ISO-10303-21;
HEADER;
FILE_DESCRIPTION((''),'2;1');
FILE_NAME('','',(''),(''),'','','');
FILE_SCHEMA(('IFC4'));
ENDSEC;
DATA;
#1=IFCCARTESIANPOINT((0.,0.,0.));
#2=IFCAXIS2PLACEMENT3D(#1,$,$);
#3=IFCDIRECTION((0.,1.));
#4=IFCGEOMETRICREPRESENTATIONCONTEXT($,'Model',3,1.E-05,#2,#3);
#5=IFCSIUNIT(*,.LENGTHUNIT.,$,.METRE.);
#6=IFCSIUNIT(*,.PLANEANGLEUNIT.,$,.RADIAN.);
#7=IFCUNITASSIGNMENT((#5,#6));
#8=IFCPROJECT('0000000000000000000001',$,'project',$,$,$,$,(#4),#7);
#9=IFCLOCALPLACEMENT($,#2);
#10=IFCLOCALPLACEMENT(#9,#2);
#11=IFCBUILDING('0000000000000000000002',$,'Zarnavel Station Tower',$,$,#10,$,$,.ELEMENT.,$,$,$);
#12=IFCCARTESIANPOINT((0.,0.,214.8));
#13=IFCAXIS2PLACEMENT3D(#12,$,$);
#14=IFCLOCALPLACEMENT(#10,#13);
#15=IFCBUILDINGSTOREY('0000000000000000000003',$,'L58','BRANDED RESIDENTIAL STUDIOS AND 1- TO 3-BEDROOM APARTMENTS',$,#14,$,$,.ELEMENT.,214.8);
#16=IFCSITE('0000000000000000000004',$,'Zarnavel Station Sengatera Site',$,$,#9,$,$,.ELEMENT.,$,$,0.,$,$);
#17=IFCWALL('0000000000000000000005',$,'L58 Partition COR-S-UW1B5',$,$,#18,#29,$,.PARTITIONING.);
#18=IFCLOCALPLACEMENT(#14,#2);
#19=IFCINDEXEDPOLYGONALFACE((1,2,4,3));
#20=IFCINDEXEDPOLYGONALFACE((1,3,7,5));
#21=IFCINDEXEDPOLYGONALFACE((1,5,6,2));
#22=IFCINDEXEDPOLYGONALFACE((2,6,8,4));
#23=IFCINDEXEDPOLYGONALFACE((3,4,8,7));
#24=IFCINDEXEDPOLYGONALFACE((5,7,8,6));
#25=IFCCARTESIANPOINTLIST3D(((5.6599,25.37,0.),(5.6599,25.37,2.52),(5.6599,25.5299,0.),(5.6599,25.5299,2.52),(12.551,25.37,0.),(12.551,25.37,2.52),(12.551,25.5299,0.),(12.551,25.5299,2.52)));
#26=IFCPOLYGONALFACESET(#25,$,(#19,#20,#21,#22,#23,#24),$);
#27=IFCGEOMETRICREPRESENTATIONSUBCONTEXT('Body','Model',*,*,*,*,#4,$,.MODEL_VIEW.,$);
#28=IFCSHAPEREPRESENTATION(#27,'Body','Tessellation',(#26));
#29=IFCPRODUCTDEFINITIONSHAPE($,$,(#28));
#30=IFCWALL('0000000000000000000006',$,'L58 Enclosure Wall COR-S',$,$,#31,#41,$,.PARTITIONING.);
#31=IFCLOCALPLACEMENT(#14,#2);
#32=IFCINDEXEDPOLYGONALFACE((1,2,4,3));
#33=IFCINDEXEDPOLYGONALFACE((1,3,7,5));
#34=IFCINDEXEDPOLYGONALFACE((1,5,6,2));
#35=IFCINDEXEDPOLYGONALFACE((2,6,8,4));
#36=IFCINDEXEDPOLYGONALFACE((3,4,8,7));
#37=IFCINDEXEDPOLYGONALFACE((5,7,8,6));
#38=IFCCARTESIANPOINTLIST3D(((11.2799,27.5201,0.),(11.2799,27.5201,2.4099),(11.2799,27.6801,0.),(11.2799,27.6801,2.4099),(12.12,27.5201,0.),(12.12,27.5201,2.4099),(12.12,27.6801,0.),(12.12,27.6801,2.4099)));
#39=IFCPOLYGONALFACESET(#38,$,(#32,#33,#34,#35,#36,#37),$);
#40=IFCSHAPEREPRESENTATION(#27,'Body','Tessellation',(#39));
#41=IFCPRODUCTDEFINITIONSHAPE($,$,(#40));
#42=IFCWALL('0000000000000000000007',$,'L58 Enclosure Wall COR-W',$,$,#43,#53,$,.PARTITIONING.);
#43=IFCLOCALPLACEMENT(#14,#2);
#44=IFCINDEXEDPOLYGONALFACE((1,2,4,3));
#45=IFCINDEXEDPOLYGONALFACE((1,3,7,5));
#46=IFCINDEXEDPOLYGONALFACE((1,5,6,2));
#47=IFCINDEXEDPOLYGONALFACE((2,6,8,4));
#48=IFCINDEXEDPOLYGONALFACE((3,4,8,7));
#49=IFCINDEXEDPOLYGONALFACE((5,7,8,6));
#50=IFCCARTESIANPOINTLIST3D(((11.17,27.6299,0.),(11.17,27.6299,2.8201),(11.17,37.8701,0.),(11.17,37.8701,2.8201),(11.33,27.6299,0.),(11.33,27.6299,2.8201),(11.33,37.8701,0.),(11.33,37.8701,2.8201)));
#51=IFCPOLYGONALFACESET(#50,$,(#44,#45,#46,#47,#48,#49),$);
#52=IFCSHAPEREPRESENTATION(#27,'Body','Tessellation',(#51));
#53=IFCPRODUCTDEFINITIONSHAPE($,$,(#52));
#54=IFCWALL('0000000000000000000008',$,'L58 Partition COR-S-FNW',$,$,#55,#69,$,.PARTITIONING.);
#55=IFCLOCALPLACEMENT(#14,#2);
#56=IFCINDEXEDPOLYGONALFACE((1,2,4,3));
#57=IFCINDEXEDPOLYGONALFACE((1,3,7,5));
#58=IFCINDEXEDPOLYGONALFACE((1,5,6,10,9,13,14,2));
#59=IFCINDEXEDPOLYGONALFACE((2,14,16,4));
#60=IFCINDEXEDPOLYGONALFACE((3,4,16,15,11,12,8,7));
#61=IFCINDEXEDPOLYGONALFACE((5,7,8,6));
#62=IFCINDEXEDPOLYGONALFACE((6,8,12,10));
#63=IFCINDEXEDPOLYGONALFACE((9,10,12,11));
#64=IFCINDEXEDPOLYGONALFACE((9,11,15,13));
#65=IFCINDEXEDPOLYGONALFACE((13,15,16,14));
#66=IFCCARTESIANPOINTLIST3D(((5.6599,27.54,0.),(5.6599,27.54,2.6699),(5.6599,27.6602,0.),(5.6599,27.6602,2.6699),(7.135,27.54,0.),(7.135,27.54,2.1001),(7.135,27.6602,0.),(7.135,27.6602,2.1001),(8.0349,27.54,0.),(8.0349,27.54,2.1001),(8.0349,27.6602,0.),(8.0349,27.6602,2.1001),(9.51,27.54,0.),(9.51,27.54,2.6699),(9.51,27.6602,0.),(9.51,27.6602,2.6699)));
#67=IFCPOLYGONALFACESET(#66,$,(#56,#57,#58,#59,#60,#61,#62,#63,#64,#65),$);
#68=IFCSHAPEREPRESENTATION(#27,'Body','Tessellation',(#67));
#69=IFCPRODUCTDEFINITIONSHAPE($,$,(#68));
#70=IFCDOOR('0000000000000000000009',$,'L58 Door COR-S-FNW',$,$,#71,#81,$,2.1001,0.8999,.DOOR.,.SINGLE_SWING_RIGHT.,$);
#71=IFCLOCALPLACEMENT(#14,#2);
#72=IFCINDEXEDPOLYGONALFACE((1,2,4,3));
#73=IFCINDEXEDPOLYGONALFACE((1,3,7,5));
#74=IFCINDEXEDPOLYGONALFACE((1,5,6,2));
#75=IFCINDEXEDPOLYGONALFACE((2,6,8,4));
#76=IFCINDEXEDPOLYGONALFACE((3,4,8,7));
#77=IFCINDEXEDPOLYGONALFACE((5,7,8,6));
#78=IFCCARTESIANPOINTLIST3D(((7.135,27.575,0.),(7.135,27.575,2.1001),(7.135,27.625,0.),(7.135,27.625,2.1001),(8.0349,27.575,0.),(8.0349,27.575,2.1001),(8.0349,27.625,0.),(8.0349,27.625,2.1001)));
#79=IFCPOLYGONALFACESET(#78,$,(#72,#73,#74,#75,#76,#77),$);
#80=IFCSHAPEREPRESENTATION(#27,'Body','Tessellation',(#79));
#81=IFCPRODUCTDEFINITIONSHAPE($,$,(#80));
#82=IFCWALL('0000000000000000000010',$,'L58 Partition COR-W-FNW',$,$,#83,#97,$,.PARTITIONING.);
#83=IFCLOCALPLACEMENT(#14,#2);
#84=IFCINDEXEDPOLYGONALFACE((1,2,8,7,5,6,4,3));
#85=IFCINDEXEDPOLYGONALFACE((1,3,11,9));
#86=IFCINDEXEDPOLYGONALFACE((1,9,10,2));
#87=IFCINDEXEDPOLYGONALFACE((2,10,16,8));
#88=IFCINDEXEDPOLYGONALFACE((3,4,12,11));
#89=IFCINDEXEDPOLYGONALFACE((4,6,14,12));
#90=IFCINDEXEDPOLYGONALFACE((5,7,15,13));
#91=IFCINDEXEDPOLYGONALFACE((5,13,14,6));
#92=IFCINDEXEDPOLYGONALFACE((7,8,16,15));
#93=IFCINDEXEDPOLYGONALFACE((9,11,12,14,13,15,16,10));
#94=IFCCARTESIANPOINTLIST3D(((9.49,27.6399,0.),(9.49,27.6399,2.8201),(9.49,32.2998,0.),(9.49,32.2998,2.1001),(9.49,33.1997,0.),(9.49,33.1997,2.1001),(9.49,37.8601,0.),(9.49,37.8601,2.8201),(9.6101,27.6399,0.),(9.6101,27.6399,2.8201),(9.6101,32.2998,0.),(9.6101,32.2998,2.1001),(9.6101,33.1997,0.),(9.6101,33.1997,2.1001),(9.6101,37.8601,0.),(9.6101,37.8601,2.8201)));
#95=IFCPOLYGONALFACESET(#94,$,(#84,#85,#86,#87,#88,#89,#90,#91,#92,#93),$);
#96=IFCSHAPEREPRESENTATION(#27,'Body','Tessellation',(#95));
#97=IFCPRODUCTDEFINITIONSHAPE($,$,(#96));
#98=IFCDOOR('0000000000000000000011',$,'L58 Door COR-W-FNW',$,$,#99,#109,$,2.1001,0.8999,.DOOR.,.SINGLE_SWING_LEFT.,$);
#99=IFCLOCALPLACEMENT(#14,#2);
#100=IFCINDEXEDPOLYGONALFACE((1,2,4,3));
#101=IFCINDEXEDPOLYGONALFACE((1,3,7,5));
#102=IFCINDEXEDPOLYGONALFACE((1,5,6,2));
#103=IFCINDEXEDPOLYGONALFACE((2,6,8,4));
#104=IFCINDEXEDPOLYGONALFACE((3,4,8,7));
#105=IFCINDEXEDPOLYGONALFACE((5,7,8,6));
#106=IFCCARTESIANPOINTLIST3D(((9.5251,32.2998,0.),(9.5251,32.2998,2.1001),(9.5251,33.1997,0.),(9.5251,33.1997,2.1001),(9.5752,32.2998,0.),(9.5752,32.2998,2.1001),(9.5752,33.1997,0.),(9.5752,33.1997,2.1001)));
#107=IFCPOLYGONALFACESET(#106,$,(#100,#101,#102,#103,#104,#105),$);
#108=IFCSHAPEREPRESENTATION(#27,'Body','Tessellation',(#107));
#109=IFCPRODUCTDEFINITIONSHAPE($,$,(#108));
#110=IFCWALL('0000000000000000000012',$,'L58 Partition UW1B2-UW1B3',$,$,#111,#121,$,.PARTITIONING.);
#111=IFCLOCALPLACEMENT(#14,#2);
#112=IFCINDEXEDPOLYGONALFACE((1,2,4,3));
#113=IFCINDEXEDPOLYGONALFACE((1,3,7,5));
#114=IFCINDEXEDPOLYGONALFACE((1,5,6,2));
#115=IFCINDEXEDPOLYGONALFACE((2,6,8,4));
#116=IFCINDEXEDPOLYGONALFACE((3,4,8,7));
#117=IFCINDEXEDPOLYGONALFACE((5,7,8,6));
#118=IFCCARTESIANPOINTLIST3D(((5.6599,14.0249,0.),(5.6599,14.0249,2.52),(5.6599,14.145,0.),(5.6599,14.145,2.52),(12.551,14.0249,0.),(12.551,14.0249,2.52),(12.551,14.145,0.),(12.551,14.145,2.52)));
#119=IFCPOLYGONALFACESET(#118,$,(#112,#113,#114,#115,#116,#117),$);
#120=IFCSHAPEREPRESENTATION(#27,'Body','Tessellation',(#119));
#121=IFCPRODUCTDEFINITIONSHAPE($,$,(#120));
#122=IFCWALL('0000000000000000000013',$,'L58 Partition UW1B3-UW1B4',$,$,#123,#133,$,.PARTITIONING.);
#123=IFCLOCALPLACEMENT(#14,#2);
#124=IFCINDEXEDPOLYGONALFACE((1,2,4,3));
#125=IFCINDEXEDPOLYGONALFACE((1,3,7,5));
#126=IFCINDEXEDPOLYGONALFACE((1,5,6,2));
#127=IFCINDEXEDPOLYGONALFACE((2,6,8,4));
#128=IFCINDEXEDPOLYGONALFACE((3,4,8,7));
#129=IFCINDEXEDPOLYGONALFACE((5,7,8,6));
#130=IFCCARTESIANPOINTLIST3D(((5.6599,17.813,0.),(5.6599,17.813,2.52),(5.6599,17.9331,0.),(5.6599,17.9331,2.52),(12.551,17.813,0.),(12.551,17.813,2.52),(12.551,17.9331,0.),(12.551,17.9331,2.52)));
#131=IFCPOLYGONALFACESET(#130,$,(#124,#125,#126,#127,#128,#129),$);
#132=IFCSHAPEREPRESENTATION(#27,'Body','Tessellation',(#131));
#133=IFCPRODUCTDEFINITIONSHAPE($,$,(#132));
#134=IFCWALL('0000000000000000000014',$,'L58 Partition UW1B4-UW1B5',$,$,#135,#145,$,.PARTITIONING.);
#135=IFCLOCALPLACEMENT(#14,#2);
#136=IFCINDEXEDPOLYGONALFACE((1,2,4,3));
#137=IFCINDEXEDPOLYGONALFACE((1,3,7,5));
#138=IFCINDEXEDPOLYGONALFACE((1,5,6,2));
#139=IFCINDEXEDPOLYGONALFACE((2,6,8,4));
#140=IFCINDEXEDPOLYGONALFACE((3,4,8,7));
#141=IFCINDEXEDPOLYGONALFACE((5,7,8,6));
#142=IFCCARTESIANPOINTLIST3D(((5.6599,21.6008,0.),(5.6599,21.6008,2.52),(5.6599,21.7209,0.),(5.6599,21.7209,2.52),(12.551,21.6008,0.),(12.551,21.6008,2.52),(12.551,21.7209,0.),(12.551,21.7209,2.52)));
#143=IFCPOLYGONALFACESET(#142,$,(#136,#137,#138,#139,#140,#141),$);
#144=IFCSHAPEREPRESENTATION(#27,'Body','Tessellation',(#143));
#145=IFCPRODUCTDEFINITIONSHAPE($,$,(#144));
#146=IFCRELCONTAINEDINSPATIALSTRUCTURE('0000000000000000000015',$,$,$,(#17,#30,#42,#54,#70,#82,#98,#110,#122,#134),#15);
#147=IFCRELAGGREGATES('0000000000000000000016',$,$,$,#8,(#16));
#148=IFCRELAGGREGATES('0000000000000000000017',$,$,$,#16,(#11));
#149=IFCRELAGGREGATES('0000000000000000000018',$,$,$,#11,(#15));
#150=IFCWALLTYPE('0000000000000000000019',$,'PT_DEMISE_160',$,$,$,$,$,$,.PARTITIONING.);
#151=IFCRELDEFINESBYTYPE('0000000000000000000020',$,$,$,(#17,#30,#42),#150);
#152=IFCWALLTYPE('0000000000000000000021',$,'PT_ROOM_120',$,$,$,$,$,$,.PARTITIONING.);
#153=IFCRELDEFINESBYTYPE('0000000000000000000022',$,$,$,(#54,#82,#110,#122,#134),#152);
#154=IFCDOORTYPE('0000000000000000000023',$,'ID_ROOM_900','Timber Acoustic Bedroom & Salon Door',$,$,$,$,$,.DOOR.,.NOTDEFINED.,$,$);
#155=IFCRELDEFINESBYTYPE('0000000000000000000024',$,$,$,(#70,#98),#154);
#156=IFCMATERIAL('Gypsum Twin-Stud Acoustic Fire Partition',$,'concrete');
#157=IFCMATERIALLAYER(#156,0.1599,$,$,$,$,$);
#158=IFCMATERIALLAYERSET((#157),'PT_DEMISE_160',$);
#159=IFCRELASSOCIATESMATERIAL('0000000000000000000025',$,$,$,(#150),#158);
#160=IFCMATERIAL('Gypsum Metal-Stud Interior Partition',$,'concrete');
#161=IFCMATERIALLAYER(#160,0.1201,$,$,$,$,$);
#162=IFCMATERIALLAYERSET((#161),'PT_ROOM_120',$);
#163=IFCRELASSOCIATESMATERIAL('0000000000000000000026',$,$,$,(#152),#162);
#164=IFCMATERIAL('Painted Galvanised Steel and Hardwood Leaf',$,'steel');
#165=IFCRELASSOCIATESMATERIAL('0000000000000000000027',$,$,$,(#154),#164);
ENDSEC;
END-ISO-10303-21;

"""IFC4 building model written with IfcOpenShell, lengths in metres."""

from ifc_helpers import new_model, si_unit, direction, frame, frame_2d, origin, place, context, subcontext, project, spatial, rectangle, extrude, material, layer, layer_set, type_object, element, fill, save


model = new_model("IFC4")

# Units and contexts
model_context = context("Model", 3, precision=1e-05, world=origin(), true_north=direction((0.0, 1.0)))
body_context = subcontext(model_context, "Body", "Model", "MODEL_VIEW")
ifc_project = project(units=[si_unit("LENGTHUNIT", "METRE"), si_unit("PLANEANGLEUNIT", "RADIAN")], contexts=[model_context])

# Site, building, storey
site_placement = place(None, origin())
site = spatial("IfcSite", under=ifc_project, at=site_placement, Name="Zarnavel Station Sengatera Site", CompositionType="ELEMENT", RefElevation=0.0)
building_placement = place(site_placement, origin())
building = spatial("IfcBuilding", under=site, at=building_placement, Name="Zarnavel Station Tower", CompositionType="ELEMENT")
storey_placement = place(building_placement, frame((0.0, 0.0, 214.8)))
storey = spatial("IfcBuildingStorey", under=building, at=storey_placement, Name="L58", Description="BRANDED RESIDENTIAL STUDIOS AND 1- TO 3-BEDROOM APARTMENTS", CompositionType="ELEMENT", Elevation=214.8)

# Walls
ifc_material_1 = material(Name="Gypsum Twin-Stud Acoustic Fire Partition", Category="concrete")
ifc_layer_1 = layer(ifc_material_1, 0.1599)
ifc_layer_set_1 = layer_set([ifc_layer_1], Name="PT_DEMISE_160")
wall_type_1 = type_object("IfcWallType", Name="PT_DEMISE_160", PredefinedType="PARTITIONING", material=ifc_layer_set_1)
wall_1_placement = place(storey_placement, frame((5.6599, 25.45, 0.0), z_axis=(0.0, 0.0, 1.0), x_axis=(1.0, 0.0, 0.0)))
element("IfcWall", 1, at=wall_1_placement, inside=storey, type_object=wall_type_1, Name="L58 Partition COR-S-UW1B5", PredefinedType="PARTITIONING", context=body_context, shape_type="SweptSolid", body=[
    extrude(rectangle(XDim=6.8911, YDim=0.1599, at=frame_2d((3.4456, 0.0))), origin(), (0.0, 0.0, 1.0), 2.52),
])
wall_2_placement = place(storey_placement, frame((11.28, 27.6001, 0.0), z_axis=(0.0, 0.0, 1.0), x_axis=(1.0, 0.0, 0.0)))
element("IfcWall", 2, at=wall_2_placement, inside=storey, type_object=wall_type_1, Name="L58 Enclosure Wall COR-S", PredefinedType="PARTITIONING", context=body_context, shape_type="SweptSolid", body=[
    extrude(rectangle(XDim=0.8401, YDim=0.1599, at=frame_2d((0.4199, 0.0))), origin(), (0.0, 0.0, 1.0), 2.4099),
])
wall_3_placement = place(storey_placement, frame((11.25, 27.6299, 0.0), z_axis=(0.0, 0.0, 1.0), x_axis=(0.0, 1.0, 0.0)))
element("IfcWall", 3, at=wall_3_placement, inside=storey, type_object=wall_type_1, Name="L58 Enclosure Wall COR-W", PredefinedType="PARTITIONING", context=body_context, shape_type="SweptSolid", body=[
    extrude(rectangle(XDim=10.2402, YDim=0.1599, at=frame_2d((5.1201, 0.0))), origin(), (0.0, 0.0, 1.0), 2.8201),
])

# Walls, openings, doors
ifc_material_2 = material(Name="Gypsum Metal-Stud Interior Partition", Category="concrete")
ifc_layer_2 = layer(ifc_material_2, 0.1201)
ifc_layer_set_2 = layer_set([ifc_layer_2], Name="PT_ROOM_120")
wall_type_2 = type_object("IfcWallType", Name="PT_ROOM_120", PredefinedType="PARTITIONING", material=ifc_layer_set_2)
wall_4_placement = place(storey_placement, frame((5.6599, 27.6001, 0.0), z_axis=(0.0, 0.0, 1.0), x_axis=(1.0, 0.0, 0.0)))
wall_4 = element("IfcWall", 4, at=wall_4_placement, inside=storey, type_object=wall_type_2, Name="L58 Partition COR-S-FNW", PredefinedType="PARTITIONING", context=body_context, shape_type="SweptSolid", body=[
    extrude(rectangle(XDim=3.8501, YDim=0.1201, at=frame_2d((1.925, 0.0))), origin(), (0.0, 0.0, 1.0), 2.6699),
])
opening_1_placement = place(wall_4_placement, frame((1.4751, 0.0, 0.0)))
opening_1 = element("IfcOpeningElement", 5, at=opening_1_placement, cuts=wall_4, PredefinedType="OPENING", context=body_context, shape_type="SweptSolid", body=[
    extrude(rectangle(XDim=0.8999, YDim=2.1001, at=frame_2d((0.45, 1.05))), frame((0.0, 0.0701, 0.0), z_axis=(0.0, -1.0, 0.0), x_axis=(1.0, 0.0, 0.0)), (0.0, 0.0, 1.0), 0.1401),
])
ifc_material_3 = material(Name="Painted Galvanised Steel and Hardwood Leaf", Category="steel")
door_type = type_object("IfcDoorType", Name="ID_ROOM_900", Description="Timber Acoustic Bedroom & Salon Door", OperationType="NOTDEFINED", PredefinedType="DOOR", material=ifc_material_3)
door_1_placement = place(opening_1_placement, origin())
door_1 = element("IfcDoor", 6, at=door_1_placement, inside=storey, type_object=door_type, Name="L58 Door COR-S-FNW", OperationType="SINGLE_SWING_RIGHT", OverallHeight=2.1001, OverallWidth=0.8999, PredefinedType="DOOR", context=body_context, shape_type="SweptSolid", body=[
    extrude(rectangle(XDim=0.8999, YDim=2.1001, at=frame_2d((0.45, 1.05))), frame((0.0, 0.0249, 0.0), z_axis=(0.0, -1.0, 0.0), x_axis=(1.0, 0.0, 0.0)), (0.0, 0.0, 1.0), 0.05),
])
fill(opening_1, door_1)
wall_5_placement = place(storey_placement, frame((9.55, 27.6399, 0.0), z_axis=(0.0, 0.0, 1.0), x_axis=(0.0, 1.0, 0.0)))
wall_5 = element("IfcWall", 7, at=wall_5_placement, inside=storey, type_object=wall_type_2, Name="L58 Partition COR-W-FNW", PredefinedType="PARTITIONING", context=body_context, shape_type="SweptSolid", body=[
    extrude(rectangle(XDim=10.2202, YDim=0.1201, at=frame_2d((5.1101, 0.0))), origin(), (0.0, 0.0, 1.0), 2.8201),
])
opening_2_placement = place(wall_5_placement, frame((4.6599, 0.0, 0.0)))
opening_2 = element("IfcOpeningElement", 8, at=opening_2_placement, cuts=wall_5, PredefinedType="OPENING", context=body_context, shape_type="SweptSolid", body=[
    extrude(rectangle(XDim=0.8999, YDim=2.1001, at=frame_2d((0.45, 1.05))), frame((0.0, 0.0701, 0.0), z_axis=(0.0, -1.0, 0.0), x_axis=(1.0, 0.0, 0.0)), (0.0, 0.0, 1.0), 0.1401),
])
door_2_placement = place(opening_2_placement, origin())
door_2 = element("IfcDoor", 9, at=door_2_placement, inside=storey, type_object=door_type, Name="L58 Door COR-W-FNW", OperationType="SINGLE_SWING_LEFT", OverallHeight=2.1001, OverallWidth=0.8999, PredefinedType="DOOR", context=body_context, shape_type="SweptSolid", body=[
    extrude(rectangle(XDim=0.8999, YDim=2.1001, at=frame_2d((0.45, 1.05))), frame((0.0, 0.0249, 0.0), z_axis=(0.0, -1.0, 0.0), x_axis=(1.0, 0.0, 0.0)), (0.0, 0.0, 1.0), 0.05),
])
fill(opening_2, door_2)

# Walls
for number, where, z_axis, x_axis, name in (
    (10, (5.6599, 14.085, 0.0), (0.0, 0.0, 1.0), (1.0, 0.0, 0.0), "L58 Partition UW1B2-UW1B3"),
    (11, (5.6599, 17.873, 0.0), (0.0, 0.0, 1.0), (1.0, 0.0, 0.0), "L58 Partition UW1B3-UW1B4"),
    (12, (5.6599, 21.6609, 0.0), (0.0, 0.0, 1.0), (1.0, 0.0, 0.0), "L58 Partition UW1B4-UW1B5"),
):
    element("IfcWall", number, at=place(storey_placement, frame(where, z_axis=z_axis, x_axis=x_axis)), inside=storey, type_object=wall_type_2, Name=name, PredefinedType="PARTITIONING", context=body_context, shape_type="SweptSolid", body=[
        extrude(rectangle(XDim=6.8911, YDim=0.1201, at=frame_2d((3.4456, 0.0))), origin(), (0.0, 0.0, 1.0), 2.52),
    ])

save(model, "model.ifc")
